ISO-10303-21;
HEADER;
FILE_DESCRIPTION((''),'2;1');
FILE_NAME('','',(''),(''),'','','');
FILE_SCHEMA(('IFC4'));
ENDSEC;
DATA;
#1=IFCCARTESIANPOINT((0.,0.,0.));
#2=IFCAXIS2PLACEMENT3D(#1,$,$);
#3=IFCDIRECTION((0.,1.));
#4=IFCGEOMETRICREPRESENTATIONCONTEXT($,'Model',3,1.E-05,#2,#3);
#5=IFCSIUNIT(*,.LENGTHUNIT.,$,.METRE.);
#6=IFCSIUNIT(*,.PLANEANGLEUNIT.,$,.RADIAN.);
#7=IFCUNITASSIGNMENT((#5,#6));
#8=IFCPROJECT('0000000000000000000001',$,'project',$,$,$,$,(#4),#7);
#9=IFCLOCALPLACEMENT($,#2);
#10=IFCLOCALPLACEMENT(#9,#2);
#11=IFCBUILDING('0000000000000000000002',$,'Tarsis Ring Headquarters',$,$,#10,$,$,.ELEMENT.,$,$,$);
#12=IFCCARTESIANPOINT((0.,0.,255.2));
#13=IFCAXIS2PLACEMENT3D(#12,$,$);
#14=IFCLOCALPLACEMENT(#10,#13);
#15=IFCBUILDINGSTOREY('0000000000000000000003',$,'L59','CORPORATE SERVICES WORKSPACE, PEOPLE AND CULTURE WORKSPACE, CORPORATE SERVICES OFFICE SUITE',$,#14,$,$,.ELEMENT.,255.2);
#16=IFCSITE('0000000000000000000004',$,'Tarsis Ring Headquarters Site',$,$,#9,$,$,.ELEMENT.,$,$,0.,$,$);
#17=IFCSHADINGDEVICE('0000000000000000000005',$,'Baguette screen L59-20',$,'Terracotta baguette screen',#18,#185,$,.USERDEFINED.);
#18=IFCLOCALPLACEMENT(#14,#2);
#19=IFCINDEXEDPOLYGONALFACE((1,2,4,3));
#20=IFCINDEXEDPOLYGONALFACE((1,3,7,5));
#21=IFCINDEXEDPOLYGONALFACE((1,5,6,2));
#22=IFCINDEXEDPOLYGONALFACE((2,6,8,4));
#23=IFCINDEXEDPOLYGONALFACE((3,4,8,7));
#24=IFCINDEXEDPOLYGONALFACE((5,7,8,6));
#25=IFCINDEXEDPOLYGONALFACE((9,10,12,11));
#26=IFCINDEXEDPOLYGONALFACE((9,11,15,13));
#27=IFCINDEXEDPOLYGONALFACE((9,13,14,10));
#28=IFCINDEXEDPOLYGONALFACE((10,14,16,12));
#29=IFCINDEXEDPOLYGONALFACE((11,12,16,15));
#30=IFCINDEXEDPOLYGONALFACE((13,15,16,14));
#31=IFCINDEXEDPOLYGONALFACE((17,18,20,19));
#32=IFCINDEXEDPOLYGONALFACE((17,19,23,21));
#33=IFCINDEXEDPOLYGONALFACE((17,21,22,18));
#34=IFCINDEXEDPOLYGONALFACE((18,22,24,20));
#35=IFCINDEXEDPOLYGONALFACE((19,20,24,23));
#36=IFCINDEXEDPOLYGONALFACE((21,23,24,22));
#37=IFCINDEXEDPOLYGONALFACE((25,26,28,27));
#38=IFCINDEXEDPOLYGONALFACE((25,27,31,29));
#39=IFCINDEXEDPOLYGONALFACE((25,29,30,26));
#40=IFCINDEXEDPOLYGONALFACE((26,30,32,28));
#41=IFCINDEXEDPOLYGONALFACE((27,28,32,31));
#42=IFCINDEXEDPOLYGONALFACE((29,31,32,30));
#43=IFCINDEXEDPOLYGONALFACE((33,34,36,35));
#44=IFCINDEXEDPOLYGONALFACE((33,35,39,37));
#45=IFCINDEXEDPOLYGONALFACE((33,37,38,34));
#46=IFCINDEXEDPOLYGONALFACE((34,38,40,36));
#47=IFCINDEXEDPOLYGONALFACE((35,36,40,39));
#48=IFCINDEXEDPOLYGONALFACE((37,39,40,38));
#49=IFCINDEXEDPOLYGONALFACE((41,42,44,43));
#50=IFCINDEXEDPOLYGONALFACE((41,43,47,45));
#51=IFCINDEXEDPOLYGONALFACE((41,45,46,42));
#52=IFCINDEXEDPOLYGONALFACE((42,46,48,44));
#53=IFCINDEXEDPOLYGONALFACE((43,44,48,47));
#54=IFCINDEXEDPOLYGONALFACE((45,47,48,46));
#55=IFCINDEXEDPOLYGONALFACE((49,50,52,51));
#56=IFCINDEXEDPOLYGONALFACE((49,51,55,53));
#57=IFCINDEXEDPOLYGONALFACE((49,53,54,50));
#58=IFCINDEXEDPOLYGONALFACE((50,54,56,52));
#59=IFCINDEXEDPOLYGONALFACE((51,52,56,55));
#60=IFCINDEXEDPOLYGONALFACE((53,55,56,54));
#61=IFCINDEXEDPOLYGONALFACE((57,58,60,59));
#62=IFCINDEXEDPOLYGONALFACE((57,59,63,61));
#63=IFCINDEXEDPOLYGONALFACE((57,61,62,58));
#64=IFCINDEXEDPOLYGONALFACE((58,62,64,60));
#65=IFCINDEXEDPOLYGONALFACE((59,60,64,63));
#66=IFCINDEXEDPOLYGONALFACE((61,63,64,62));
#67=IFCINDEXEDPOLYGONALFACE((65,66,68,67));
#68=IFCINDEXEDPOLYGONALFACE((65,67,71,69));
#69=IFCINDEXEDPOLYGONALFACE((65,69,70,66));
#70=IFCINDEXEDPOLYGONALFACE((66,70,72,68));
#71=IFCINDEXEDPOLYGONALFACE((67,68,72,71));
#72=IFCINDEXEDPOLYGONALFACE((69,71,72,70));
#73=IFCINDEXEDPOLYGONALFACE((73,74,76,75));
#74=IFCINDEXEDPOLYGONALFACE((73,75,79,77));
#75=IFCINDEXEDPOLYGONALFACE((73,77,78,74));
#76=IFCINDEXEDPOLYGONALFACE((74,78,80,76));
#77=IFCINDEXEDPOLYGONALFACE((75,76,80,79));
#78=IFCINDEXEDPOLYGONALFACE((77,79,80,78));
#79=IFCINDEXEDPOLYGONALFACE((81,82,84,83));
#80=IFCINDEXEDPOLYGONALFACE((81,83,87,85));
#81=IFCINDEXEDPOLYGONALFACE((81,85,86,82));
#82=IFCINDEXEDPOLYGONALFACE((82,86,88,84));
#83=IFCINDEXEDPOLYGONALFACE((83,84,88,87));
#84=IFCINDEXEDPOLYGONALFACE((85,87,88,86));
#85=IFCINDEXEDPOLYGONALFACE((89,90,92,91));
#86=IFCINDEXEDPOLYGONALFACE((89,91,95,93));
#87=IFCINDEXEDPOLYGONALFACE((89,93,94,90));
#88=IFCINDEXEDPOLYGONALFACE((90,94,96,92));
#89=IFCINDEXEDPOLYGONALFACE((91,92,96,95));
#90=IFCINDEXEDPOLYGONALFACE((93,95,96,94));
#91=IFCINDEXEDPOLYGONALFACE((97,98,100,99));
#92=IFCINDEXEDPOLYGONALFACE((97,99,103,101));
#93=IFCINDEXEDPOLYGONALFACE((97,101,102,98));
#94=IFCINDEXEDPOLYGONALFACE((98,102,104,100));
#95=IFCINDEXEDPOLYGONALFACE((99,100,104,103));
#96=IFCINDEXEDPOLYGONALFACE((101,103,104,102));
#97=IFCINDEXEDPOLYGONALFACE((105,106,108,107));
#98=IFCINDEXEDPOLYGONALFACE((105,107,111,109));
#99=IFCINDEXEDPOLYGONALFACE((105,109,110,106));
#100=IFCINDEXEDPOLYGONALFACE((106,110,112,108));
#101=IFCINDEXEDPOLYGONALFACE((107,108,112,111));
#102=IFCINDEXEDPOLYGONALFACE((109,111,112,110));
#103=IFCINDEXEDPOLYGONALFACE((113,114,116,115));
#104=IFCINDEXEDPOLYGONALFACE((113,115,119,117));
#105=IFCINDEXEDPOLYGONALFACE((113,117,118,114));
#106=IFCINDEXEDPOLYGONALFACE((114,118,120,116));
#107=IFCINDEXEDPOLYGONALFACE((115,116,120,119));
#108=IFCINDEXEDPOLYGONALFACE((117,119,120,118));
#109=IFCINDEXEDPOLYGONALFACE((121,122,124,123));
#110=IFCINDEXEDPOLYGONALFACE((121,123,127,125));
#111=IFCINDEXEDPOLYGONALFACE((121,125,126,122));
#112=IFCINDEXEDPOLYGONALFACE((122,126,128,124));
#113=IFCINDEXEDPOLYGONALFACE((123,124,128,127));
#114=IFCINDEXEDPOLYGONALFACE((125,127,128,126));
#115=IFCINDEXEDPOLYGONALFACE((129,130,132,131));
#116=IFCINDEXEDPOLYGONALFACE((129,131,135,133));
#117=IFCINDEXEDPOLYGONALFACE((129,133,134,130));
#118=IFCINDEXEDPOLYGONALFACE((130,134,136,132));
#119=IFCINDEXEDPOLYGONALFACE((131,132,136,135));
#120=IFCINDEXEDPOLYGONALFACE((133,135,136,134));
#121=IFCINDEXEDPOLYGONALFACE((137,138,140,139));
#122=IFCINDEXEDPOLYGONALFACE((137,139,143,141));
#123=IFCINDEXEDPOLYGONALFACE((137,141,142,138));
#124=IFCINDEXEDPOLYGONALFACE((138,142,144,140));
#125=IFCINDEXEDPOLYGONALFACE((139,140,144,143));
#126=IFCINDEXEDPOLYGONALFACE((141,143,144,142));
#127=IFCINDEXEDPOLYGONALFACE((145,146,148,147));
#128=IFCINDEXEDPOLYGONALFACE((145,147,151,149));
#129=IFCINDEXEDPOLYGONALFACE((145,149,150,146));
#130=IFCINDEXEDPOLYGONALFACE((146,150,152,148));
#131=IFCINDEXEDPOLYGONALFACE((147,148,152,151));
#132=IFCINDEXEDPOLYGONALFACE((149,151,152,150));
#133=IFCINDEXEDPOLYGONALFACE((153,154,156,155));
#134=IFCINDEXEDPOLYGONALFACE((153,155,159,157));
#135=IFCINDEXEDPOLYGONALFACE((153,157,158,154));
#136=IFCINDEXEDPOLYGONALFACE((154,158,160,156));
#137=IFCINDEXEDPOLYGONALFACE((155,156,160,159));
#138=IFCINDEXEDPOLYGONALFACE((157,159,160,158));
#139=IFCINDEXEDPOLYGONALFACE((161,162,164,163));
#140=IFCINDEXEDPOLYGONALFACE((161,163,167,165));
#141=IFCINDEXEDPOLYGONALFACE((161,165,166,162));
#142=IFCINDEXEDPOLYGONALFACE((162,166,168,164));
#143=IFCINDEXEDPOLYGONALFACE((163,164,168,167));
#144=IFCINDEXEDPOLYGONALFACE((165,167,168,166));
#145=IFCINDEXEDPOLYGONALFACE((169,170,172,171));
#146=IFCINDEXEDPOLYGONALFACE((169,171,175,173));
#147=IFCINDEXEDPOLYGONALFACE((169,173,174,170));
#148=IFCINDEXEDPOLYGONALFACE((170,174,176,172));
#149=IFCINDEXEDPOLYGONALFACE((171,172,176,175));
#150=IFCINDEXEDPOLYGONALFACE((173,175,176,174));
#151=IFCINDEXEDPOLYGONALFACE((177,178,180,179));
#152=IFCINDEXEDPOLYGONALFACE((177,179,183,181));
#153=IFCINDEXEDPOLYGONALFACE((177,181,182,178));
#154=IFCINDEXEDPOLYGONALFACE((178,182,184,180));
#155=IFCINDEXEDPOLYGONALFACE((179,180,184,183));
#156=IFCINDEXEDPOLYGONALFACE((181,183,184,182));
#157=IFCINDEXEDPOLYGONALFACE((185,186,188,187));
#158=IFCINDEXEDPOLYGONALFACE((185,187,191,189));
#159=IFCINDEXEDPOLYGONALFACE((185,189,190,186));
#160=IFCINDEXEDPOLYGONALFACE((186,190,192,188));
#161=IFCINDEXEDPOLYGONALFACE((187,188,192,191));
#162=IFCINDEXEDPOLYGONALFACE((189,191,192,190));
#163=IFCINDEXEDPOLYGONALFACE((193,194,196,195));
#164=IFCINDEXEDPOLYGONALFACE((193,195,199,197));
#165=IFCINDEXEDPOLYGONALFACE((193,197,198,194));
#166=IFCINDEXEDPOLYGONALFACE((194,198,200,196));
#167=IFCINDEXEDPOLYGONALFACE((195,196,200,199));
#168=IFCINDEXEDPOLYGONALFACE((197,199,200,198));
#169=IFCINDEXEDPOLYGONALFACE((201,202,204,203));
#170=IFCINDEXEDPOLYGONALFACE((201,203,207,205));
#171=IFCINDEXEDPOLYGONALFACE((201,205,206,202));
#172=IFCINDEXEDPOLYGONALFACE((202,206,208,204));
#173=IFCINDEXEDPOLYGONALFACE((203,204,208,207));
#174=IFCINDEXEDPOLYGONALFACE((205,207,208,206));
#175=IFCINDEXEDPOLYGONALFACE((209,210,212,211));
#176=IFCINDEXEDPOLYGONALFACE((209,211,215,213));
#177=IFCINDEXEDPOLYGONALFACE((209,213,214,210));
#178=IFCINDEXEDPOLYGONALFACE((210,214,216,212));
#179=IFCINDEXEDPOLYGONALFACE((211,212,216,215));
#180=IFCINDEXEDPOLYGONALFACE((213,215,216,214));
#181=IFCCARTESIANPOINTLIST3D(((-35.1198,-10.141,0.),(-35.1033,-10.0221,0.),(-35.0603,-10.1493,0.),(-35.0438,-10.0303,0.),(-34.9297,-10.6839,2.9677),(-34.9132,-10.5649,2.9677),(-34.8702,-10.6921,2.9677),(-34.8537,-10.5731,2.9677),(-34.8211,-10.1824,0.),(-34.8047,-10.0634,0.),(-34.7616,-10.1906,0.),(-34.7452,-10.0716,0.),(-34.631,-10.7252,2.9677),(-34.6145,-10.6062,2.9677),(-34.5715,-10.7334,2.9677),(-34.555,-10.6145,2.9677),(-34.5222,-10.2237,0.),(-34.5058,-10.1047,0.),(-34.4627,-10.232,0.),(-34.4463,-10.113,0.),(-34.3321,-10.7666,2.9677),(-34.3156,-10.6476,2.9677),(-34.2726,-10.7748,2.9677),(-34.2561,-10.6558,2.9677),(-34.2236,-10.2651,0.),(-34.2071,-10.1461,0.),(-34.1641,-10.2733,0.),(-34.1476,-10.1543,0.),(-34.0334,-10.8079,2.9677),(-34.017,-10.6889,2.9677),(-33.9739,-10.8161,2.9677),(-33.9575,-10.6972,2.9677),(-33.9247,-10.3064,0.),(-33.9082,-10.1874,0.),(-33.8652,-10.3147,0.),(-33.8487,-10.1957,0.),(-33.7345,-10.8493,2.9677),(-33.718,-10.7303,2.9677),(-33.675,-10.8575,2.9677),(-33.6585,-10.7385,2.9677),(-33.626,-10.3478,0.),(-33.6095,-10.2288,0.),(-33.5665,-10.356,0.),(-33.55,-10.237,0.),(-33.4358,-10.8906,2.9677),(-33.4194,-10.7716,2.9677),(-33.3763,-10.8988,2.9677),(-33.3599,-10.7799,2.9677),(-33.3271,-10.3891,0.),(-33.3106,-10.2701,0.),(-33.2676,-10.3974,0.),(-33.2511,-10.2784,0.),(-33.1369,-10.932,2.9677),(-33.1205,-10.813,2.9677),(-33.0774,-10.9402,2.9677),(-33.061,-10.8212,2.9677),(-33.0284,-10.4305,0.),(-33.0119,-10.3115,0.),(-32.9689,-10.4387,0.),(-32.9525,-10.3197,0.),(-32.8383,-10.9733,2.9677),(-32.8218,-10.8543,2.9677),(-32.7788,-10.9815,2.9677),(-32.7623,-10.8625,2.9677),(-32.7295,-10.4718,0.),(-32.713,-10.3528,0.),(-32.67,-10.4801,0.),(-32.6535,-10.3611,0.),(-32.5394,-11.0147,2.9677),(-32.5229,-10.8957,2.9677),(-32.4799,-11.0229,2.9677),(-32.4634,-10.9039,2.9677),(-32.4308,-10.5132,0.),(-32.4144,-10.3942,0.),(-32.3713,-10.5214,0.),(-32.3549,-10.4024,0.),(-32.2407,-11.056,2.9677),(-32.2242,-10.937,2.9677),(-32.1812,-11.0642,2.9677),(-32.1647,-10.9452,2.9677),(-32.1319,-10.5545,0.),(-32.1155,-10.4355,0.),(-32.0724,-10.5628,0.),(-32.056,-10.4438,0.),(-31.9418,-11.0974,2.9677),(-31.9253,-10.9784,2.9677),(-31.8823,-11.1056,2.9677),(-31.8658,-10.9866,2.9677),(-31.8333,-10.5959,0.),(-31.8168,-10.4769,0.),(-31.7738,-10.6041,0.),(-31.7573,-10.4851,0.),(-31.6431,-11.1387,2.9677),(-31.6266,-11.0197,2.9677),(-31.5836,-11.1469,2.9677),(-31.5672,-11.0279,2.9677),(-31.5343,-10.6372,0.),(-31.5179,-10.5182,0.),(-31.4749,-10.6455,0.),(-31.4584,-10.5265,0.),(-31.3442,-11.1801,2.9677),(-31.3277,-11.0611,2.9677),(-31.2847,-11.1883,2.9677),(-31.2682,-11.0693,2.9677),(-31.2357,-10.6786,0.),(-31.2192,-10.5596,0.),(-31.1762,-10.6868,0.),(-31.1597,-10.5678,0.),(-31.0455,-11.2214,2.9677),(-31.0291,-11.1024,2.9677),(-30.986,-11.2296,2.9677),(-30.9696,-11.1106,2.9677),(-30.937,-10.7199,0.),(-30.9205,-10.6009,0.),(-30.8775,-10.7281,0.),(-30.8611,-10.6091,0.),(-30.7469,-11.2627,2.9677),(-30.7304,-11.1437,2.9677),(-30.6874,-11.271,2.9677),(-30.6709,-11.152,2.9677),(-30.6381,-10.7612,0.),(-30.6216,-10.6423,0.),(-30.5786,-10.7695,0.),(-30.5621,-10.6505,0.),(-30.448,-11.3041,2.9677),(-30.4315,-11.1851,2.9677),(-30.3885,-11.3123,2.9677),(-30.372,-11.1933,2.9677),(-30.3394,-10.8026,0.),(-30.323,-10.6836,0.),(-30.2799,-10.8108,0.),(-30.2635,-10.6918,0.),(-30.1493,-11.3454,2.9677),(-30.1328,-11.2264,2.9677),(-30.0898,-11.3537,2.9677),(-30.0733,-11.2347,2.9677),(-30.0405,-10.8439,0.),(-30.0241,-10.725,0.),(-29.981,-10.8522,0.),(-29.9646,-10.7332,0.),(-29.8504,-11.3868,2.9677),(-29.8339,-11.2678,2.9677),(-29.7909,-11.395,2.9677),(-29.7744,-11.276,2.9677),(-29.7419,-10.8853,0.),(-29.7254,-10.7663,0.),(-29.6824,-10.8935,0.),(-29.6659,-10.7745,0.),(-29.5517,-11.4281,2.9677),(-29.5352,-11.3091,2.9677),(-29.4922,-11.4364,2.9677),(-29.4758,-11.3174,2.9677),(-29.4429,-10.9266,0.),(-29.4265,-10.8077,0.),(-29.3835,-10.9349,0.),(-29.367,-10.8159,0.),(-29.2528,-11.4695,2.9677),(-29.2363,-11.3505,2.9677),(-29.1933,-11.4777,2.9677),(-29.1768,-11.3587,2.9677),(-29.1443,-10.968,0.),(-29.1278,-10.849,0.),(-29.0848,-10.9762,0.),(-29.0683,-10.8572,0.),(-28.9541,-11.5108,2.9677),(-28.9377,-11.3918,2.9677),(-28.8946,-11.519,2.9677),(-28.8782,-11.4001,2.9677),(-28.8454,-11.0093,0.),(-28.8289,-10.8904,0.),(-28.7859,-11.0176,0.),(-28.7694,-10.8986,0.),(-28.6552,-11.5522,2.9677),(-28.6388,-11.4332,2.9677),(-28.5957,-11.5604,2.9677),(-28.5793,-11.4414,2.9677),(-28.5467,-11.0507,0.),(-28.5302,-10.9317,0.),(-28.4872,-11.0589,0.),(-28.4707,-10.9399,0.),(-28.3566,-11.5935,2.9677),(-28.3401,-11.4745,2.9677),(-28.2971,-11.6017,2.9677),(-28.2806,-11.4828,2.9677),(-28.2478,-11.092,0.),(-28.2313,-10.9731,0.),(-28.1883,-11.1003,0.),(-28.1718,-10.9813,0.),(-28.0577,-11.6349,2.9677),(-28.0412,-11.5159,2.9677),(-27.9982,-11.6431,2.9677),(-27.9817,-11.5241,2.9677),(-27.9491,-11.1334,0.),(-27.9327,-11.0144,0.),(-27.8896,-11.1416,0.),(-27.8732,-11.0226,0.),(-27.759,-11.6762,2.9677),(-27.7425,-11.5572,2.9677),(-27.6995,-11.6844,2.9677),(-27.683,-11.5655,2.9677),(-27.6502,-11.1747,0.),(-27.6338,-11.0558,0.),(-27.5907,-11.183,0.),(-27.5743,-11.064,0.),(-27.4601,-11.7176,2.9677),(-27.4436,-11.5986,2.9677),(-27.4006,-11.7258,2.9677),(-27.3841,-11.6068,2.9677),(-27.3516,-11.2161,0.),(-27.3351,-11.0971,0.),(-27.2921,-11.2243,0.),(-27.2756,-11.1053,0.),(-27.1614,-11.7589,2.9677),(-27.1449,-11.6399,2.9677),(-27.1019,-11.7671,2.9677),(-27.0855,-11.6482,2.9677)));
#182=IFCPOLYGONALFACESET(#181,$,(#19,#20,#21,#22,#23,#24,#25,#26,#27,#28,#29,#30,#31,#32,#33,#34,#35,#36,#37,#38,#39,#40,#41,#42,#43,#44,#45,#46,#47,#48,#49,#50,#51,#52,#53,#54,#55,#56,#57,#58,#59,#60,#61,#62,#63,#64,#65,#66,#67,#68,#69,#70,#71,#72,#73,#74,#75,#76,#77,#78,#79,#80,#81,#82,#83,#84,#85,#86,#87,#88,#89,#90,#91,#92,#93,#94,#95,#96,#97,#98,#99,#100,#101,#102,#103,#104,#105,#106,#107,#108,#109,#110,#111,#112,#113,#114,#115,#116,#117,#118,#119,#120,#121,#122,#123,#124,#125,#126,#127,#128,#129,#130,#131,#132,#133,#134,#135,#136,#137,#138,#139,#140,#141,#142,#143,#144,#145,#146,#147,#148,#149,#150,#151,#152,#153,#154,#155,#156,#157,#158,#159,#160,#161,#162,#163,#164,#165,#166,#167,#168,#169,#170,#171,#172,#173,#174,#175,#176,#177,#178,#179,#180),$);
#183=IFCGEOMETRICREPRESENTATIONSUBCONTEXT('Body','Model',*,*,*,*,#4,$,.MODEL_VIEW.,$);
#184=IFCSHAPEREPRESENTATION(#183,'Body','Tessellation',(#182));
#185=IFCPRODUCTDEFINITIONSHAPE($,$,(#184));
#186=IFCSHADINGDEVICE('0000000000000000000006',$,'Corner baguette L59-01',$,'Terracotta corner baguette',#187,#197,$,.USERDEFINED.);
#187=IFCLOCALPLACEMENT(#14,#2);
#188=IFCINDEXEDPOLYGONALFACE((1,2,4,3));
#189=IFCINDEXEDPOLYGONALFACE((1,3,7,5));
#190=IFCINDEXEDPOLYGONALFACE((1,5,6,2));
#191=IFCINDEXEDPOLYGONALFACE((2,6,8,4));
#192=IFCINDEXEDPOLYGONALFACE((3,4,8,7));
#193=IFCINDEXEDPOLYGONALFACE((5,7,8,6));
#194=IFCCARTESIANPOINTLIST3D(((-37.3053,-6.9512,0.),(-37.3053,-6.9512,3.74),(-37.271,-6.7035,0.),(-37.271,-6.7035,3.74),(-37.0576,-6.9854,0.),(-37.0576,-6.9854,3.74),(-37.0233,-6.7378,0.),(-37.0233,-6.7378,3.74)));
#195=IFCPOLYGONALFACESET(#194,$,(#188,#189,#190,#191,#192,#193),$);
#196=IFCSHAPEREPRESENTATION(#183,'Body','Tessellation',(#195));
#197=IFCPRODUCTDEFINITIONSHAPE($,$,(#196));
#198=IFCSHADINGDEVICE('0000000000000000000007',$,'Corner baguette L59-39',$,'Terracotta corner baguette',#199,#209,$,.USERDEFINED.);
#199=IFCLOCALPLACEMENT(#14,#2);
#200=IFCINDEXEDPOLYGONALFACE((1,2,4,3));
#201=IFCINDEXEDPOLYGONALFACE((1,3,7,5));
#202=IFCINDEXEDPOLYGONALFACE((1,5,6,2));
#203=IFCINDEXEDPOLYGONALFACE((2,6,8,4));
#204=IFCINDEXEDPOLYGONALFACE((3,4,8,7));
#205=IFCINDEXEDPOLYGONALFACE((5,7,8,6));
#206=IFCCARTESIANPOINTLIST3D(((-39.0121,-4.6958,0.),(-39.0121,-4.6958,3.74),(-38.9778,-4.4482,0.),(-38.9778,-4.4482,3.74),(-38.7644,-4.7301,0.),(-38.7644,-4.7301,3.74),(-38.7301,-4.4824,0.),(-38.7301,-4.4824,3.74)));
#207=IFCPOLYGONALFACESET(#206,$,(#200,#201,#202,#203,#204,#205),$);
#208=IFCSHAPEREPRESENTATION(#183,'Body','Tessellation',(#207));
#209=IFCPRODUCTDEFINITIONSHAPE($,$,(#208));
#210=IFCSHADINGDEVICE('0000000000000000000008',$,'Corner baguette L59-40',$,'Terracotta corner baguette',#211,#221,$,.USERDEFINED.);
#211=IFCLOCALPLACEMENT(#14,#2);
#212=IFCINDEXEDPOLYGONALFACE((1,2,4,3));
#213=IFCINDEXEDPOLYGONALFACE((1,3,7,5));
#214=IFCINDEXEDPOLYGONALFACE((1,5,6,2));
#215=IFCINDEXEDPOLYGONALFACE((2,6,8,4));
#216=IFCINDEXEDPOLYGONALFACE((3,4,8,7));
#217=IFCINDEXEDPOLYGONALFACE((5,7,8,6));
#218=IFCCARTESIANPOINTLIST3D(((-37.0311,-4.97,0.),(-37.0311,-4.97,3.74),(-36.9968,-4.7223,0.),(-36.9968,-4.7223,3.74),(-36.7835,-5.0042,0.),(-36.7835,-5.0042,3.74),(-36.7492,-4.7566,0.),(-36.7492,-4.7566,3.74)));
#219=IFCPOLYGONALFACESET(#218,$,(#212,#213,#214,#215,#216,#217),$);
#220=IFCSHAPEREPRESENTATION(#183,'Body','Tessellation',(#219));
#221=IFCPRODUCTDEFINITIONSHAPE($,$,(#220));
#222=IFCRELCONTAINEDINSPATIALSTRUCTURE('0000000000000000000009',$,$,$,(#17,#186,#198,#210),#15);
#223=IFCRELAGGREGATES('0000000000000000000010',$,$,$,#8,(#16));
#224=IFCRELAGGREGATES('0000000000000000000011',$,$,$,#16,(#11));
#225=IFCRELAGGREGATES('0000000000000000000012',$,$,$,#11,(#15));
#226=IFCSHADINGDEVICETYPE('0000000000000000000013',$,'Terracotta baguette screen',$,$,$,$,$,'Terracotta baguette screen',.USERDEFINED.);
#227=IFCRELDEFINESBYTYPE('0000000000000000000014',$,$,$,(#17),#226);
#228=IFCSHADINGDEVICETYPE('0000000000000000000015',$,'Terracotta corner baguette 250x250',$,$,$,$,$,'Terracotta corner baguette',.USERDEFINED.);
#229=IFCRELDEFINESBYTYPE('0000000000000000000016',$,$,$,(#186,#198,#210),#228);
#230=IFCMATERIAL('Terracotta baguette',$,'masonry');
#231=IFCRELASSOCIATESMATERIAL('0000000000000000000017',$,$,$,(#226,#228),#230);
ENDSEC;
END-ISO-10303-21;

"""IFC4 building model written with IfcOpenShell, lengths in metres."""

from ifc_helpers import new_model, si_unit, direction, frame, frame_2d, origin, origin_2d, place, context, subcontext, project, spatial, rectangle, composite_profile, extrude, material, type_object, element, save


model = new_model("IFC4")

# Units and contexts
model_context = context("Model", 3, precision=1e-05, world=origin(), true_north=direction((0.0, 1.0)))
body_context = subcontext(model_context, "Body", "Model", "MODEL_VIEW")
ifc_project = project(units=[si_unit("LENGTHUNIT", "METRE"), si_unit("PLANEANGLEUNIT", "RADIAN")], contexts=[model_context])

# Site, building, storey
site_placement = place(None, origin())
site = spatial("IfcSite", under=ifc_project, at=site_placement, Name="Tarsis Ring Headquarters Site", CompositionType="ELEMENT", RefElevation=0.0)
building_placement = place(site_placement, origin())
building = spatial("IfcBuilding", under=site, at=building_placement, Name="Tarsis Ring Headquarters", CompositionType="ELEMENT")
storey_placement = place(building_placement, frame((0.0, 0.0, 255.2)))
storey = spatial("IfcBuildingStorey", under=building, at=storey_placement, Name="L59", Description="CORPORATE SERVICES WORKSPACE, PEOPLE AND CULTURE WORKSPACE, CORPORATE SERVICES OFFICE SUITE", CompositionType="ELEMENT", Elevation=255.2)

# Shading devices
ifc_material_1 = material(Name="Terracotta baguette", Category="masonry")
shading_device_type_1 = type_object("IfcShadingDeviceType", Name="Terracotta baguette screen", ElementType="Terracotta baguette screen", PredefinedType="USERDEFINED", material=ifc_material_1)
shading_device_1_placement = place(storey_placement, frame((-35.1116, -10.0815, 0.0), z_axis=(0.0, 0.0, 1.0), x_axis=(0.990546, -0.13708, 0.0)))
element("IfcShadingDevice", 1, at=shading_device_1_placement, inside=storey, type_object=shading_device_type_1, Name="Baguette screen L59-20", ObjectType="Terracotta baguette screen", PredefinedType="USERDEFINED", context=body_context, shape_type="SweptSolid", body=[
    extrude(composite_profile([rectangle(XDim=0.0601, YDim=0.1201, at=frame_2d((0.03, 0.0))), rectangle(XDim=0.0601, YDim=0.1201, at=frame_2d((0.3315, 0.0))), rectangle(XDim=0.0601, YDim=0.1201, at=frame_2d((0.6333, 0.0))), rectangle(XDim=0.0601, YDim=0.1201, at=frame_2d((0.9348, 0.0))), rectangle(XDim=0.0601, YDim=0.1201, at=frame_2d((1.2366, 0.0))), rectangle(XDim=0.0601, YDim=0.1201, at=frame_2d((1.5381, 0.0))), rectangle(XDim=0.0601, YDim=0.1201, at=frame_2d((1.8398, 0.0))), rectangle(XDim=0.0601, YDim=0.1201, at=frame_2d((2.1414, 0.0))), rectangle(XDim=0.0601, YDim=0.1201, at=frame_2d((2.4431, 0.0))), rectangle(XDim=0.0601, YDim=0.1201, at=frame_2d((2.7446, 0.0))), rectangle(XDim=0.0601, YDim=0.1201, at=frame_2d((3.0464, 0.0))), rectangle(XDim=0.0601, YDim=0.1201, at=frame_2d((3.3479, 0.0))), rectangle(XDim=0.0601, YDim=0.1201, at=frame_2d((3.6497, 0.0))), rectangle(XDim=0.0601, YDim=0.1201, at=frame_2d((3.9512, 0.0))), rectangle(XDim=0.0601, YDim=0.1201, at=frame_2d((4.2527, 0.0))), rectangle(XDim=0.0601, YDim=0.1201, at=frame_2d((4.5544, 0.0))), rectangle(XDim=0.0601, YDim=0.1201, at=frame_2d((4.856, 0.0))), rectangle(XDim=0.0601, YDim=0.1201, at=frame_2d((5.1577, 0.0))), rectangle(XDim=0.0601, YDim=0.1201, at=frame_2d((5.4592, 0.0))), rectangle(XDim=0.0601, YDim=0.1201, at=frame_2d((5.761, 0.0))), rectangle(XDim=0.0601, YDim=0.1201, at=frame_2d((6.0625, 0.0))), rectangle(XDim=0.0601, YDim=0.1201, at=frame_2d((6.3643, 0.0))), rectangle(XDim=0.0601, YDim=0.1201, at=frame_2d((6.6658, 0.0))), rectangle(XDim=0.0601, YDim=0.1201, at=frame_2d((6.9675, 0.0))), rectangle(XDim=0.0601, YDim=0.1201, at=frame_2d((7.269, 0.0))), rectangle(XDim=0.0601, YDim=0.1201, at=frame_2d((7.5708, 0.0))), rectangle(XDim=0.0601, YDim=0.1201, at=frame_2d((7.8723, 0.0)))]), origin(), (0.086923, -0.169255, 0.981732), 3.0229),
])
shading_device_type_2 = type_object("IfcShadingDeviceType", Name="Terracotta corner baguette 250x250", ElementType="Terracotta corner baguette", PredefinedType="USERDEFINED", material=ifc_material_1)
for number, where, z_axis, x_axis, name in (
    (2, (-37.1643, -6.8445, 0.0), (0.0, 0.0, 1.0), (-0.137098, -0.990557, 0.0), "Corner baguette L59-01"),
    (3, (-38.8711, -4.5891, 0.0), (0.0, 0.0, 1.0), (-0.137099, -0.990557, 0.0), "Corner baguette L59-39"),
    (4, (-36.8901, -4.8633, 0.0), (0.0, 0.0, 1.0), (0.990557, -0.137099, 0.0), "Corner baguette L59-40"),
):
    element("IfcShadingDevice", number, at=place(storey_placement, frame(where, z_axis=z_axis, x_axis=x_axis)), inside=storey, type_object=shading_device_type_2, Name=name, ObjectType="Terracotta corner baguette", PredefinedType="USERDEFINED", context=body_context, shape_type="SweptSolid", body=[
        extrude(rectangle(XDim=0.25, YDim=0.25, at=origin_2d()), origin(), (0.0, 0.0, 1.0), 3.74),
    ])

save(model, "model.ifc")
